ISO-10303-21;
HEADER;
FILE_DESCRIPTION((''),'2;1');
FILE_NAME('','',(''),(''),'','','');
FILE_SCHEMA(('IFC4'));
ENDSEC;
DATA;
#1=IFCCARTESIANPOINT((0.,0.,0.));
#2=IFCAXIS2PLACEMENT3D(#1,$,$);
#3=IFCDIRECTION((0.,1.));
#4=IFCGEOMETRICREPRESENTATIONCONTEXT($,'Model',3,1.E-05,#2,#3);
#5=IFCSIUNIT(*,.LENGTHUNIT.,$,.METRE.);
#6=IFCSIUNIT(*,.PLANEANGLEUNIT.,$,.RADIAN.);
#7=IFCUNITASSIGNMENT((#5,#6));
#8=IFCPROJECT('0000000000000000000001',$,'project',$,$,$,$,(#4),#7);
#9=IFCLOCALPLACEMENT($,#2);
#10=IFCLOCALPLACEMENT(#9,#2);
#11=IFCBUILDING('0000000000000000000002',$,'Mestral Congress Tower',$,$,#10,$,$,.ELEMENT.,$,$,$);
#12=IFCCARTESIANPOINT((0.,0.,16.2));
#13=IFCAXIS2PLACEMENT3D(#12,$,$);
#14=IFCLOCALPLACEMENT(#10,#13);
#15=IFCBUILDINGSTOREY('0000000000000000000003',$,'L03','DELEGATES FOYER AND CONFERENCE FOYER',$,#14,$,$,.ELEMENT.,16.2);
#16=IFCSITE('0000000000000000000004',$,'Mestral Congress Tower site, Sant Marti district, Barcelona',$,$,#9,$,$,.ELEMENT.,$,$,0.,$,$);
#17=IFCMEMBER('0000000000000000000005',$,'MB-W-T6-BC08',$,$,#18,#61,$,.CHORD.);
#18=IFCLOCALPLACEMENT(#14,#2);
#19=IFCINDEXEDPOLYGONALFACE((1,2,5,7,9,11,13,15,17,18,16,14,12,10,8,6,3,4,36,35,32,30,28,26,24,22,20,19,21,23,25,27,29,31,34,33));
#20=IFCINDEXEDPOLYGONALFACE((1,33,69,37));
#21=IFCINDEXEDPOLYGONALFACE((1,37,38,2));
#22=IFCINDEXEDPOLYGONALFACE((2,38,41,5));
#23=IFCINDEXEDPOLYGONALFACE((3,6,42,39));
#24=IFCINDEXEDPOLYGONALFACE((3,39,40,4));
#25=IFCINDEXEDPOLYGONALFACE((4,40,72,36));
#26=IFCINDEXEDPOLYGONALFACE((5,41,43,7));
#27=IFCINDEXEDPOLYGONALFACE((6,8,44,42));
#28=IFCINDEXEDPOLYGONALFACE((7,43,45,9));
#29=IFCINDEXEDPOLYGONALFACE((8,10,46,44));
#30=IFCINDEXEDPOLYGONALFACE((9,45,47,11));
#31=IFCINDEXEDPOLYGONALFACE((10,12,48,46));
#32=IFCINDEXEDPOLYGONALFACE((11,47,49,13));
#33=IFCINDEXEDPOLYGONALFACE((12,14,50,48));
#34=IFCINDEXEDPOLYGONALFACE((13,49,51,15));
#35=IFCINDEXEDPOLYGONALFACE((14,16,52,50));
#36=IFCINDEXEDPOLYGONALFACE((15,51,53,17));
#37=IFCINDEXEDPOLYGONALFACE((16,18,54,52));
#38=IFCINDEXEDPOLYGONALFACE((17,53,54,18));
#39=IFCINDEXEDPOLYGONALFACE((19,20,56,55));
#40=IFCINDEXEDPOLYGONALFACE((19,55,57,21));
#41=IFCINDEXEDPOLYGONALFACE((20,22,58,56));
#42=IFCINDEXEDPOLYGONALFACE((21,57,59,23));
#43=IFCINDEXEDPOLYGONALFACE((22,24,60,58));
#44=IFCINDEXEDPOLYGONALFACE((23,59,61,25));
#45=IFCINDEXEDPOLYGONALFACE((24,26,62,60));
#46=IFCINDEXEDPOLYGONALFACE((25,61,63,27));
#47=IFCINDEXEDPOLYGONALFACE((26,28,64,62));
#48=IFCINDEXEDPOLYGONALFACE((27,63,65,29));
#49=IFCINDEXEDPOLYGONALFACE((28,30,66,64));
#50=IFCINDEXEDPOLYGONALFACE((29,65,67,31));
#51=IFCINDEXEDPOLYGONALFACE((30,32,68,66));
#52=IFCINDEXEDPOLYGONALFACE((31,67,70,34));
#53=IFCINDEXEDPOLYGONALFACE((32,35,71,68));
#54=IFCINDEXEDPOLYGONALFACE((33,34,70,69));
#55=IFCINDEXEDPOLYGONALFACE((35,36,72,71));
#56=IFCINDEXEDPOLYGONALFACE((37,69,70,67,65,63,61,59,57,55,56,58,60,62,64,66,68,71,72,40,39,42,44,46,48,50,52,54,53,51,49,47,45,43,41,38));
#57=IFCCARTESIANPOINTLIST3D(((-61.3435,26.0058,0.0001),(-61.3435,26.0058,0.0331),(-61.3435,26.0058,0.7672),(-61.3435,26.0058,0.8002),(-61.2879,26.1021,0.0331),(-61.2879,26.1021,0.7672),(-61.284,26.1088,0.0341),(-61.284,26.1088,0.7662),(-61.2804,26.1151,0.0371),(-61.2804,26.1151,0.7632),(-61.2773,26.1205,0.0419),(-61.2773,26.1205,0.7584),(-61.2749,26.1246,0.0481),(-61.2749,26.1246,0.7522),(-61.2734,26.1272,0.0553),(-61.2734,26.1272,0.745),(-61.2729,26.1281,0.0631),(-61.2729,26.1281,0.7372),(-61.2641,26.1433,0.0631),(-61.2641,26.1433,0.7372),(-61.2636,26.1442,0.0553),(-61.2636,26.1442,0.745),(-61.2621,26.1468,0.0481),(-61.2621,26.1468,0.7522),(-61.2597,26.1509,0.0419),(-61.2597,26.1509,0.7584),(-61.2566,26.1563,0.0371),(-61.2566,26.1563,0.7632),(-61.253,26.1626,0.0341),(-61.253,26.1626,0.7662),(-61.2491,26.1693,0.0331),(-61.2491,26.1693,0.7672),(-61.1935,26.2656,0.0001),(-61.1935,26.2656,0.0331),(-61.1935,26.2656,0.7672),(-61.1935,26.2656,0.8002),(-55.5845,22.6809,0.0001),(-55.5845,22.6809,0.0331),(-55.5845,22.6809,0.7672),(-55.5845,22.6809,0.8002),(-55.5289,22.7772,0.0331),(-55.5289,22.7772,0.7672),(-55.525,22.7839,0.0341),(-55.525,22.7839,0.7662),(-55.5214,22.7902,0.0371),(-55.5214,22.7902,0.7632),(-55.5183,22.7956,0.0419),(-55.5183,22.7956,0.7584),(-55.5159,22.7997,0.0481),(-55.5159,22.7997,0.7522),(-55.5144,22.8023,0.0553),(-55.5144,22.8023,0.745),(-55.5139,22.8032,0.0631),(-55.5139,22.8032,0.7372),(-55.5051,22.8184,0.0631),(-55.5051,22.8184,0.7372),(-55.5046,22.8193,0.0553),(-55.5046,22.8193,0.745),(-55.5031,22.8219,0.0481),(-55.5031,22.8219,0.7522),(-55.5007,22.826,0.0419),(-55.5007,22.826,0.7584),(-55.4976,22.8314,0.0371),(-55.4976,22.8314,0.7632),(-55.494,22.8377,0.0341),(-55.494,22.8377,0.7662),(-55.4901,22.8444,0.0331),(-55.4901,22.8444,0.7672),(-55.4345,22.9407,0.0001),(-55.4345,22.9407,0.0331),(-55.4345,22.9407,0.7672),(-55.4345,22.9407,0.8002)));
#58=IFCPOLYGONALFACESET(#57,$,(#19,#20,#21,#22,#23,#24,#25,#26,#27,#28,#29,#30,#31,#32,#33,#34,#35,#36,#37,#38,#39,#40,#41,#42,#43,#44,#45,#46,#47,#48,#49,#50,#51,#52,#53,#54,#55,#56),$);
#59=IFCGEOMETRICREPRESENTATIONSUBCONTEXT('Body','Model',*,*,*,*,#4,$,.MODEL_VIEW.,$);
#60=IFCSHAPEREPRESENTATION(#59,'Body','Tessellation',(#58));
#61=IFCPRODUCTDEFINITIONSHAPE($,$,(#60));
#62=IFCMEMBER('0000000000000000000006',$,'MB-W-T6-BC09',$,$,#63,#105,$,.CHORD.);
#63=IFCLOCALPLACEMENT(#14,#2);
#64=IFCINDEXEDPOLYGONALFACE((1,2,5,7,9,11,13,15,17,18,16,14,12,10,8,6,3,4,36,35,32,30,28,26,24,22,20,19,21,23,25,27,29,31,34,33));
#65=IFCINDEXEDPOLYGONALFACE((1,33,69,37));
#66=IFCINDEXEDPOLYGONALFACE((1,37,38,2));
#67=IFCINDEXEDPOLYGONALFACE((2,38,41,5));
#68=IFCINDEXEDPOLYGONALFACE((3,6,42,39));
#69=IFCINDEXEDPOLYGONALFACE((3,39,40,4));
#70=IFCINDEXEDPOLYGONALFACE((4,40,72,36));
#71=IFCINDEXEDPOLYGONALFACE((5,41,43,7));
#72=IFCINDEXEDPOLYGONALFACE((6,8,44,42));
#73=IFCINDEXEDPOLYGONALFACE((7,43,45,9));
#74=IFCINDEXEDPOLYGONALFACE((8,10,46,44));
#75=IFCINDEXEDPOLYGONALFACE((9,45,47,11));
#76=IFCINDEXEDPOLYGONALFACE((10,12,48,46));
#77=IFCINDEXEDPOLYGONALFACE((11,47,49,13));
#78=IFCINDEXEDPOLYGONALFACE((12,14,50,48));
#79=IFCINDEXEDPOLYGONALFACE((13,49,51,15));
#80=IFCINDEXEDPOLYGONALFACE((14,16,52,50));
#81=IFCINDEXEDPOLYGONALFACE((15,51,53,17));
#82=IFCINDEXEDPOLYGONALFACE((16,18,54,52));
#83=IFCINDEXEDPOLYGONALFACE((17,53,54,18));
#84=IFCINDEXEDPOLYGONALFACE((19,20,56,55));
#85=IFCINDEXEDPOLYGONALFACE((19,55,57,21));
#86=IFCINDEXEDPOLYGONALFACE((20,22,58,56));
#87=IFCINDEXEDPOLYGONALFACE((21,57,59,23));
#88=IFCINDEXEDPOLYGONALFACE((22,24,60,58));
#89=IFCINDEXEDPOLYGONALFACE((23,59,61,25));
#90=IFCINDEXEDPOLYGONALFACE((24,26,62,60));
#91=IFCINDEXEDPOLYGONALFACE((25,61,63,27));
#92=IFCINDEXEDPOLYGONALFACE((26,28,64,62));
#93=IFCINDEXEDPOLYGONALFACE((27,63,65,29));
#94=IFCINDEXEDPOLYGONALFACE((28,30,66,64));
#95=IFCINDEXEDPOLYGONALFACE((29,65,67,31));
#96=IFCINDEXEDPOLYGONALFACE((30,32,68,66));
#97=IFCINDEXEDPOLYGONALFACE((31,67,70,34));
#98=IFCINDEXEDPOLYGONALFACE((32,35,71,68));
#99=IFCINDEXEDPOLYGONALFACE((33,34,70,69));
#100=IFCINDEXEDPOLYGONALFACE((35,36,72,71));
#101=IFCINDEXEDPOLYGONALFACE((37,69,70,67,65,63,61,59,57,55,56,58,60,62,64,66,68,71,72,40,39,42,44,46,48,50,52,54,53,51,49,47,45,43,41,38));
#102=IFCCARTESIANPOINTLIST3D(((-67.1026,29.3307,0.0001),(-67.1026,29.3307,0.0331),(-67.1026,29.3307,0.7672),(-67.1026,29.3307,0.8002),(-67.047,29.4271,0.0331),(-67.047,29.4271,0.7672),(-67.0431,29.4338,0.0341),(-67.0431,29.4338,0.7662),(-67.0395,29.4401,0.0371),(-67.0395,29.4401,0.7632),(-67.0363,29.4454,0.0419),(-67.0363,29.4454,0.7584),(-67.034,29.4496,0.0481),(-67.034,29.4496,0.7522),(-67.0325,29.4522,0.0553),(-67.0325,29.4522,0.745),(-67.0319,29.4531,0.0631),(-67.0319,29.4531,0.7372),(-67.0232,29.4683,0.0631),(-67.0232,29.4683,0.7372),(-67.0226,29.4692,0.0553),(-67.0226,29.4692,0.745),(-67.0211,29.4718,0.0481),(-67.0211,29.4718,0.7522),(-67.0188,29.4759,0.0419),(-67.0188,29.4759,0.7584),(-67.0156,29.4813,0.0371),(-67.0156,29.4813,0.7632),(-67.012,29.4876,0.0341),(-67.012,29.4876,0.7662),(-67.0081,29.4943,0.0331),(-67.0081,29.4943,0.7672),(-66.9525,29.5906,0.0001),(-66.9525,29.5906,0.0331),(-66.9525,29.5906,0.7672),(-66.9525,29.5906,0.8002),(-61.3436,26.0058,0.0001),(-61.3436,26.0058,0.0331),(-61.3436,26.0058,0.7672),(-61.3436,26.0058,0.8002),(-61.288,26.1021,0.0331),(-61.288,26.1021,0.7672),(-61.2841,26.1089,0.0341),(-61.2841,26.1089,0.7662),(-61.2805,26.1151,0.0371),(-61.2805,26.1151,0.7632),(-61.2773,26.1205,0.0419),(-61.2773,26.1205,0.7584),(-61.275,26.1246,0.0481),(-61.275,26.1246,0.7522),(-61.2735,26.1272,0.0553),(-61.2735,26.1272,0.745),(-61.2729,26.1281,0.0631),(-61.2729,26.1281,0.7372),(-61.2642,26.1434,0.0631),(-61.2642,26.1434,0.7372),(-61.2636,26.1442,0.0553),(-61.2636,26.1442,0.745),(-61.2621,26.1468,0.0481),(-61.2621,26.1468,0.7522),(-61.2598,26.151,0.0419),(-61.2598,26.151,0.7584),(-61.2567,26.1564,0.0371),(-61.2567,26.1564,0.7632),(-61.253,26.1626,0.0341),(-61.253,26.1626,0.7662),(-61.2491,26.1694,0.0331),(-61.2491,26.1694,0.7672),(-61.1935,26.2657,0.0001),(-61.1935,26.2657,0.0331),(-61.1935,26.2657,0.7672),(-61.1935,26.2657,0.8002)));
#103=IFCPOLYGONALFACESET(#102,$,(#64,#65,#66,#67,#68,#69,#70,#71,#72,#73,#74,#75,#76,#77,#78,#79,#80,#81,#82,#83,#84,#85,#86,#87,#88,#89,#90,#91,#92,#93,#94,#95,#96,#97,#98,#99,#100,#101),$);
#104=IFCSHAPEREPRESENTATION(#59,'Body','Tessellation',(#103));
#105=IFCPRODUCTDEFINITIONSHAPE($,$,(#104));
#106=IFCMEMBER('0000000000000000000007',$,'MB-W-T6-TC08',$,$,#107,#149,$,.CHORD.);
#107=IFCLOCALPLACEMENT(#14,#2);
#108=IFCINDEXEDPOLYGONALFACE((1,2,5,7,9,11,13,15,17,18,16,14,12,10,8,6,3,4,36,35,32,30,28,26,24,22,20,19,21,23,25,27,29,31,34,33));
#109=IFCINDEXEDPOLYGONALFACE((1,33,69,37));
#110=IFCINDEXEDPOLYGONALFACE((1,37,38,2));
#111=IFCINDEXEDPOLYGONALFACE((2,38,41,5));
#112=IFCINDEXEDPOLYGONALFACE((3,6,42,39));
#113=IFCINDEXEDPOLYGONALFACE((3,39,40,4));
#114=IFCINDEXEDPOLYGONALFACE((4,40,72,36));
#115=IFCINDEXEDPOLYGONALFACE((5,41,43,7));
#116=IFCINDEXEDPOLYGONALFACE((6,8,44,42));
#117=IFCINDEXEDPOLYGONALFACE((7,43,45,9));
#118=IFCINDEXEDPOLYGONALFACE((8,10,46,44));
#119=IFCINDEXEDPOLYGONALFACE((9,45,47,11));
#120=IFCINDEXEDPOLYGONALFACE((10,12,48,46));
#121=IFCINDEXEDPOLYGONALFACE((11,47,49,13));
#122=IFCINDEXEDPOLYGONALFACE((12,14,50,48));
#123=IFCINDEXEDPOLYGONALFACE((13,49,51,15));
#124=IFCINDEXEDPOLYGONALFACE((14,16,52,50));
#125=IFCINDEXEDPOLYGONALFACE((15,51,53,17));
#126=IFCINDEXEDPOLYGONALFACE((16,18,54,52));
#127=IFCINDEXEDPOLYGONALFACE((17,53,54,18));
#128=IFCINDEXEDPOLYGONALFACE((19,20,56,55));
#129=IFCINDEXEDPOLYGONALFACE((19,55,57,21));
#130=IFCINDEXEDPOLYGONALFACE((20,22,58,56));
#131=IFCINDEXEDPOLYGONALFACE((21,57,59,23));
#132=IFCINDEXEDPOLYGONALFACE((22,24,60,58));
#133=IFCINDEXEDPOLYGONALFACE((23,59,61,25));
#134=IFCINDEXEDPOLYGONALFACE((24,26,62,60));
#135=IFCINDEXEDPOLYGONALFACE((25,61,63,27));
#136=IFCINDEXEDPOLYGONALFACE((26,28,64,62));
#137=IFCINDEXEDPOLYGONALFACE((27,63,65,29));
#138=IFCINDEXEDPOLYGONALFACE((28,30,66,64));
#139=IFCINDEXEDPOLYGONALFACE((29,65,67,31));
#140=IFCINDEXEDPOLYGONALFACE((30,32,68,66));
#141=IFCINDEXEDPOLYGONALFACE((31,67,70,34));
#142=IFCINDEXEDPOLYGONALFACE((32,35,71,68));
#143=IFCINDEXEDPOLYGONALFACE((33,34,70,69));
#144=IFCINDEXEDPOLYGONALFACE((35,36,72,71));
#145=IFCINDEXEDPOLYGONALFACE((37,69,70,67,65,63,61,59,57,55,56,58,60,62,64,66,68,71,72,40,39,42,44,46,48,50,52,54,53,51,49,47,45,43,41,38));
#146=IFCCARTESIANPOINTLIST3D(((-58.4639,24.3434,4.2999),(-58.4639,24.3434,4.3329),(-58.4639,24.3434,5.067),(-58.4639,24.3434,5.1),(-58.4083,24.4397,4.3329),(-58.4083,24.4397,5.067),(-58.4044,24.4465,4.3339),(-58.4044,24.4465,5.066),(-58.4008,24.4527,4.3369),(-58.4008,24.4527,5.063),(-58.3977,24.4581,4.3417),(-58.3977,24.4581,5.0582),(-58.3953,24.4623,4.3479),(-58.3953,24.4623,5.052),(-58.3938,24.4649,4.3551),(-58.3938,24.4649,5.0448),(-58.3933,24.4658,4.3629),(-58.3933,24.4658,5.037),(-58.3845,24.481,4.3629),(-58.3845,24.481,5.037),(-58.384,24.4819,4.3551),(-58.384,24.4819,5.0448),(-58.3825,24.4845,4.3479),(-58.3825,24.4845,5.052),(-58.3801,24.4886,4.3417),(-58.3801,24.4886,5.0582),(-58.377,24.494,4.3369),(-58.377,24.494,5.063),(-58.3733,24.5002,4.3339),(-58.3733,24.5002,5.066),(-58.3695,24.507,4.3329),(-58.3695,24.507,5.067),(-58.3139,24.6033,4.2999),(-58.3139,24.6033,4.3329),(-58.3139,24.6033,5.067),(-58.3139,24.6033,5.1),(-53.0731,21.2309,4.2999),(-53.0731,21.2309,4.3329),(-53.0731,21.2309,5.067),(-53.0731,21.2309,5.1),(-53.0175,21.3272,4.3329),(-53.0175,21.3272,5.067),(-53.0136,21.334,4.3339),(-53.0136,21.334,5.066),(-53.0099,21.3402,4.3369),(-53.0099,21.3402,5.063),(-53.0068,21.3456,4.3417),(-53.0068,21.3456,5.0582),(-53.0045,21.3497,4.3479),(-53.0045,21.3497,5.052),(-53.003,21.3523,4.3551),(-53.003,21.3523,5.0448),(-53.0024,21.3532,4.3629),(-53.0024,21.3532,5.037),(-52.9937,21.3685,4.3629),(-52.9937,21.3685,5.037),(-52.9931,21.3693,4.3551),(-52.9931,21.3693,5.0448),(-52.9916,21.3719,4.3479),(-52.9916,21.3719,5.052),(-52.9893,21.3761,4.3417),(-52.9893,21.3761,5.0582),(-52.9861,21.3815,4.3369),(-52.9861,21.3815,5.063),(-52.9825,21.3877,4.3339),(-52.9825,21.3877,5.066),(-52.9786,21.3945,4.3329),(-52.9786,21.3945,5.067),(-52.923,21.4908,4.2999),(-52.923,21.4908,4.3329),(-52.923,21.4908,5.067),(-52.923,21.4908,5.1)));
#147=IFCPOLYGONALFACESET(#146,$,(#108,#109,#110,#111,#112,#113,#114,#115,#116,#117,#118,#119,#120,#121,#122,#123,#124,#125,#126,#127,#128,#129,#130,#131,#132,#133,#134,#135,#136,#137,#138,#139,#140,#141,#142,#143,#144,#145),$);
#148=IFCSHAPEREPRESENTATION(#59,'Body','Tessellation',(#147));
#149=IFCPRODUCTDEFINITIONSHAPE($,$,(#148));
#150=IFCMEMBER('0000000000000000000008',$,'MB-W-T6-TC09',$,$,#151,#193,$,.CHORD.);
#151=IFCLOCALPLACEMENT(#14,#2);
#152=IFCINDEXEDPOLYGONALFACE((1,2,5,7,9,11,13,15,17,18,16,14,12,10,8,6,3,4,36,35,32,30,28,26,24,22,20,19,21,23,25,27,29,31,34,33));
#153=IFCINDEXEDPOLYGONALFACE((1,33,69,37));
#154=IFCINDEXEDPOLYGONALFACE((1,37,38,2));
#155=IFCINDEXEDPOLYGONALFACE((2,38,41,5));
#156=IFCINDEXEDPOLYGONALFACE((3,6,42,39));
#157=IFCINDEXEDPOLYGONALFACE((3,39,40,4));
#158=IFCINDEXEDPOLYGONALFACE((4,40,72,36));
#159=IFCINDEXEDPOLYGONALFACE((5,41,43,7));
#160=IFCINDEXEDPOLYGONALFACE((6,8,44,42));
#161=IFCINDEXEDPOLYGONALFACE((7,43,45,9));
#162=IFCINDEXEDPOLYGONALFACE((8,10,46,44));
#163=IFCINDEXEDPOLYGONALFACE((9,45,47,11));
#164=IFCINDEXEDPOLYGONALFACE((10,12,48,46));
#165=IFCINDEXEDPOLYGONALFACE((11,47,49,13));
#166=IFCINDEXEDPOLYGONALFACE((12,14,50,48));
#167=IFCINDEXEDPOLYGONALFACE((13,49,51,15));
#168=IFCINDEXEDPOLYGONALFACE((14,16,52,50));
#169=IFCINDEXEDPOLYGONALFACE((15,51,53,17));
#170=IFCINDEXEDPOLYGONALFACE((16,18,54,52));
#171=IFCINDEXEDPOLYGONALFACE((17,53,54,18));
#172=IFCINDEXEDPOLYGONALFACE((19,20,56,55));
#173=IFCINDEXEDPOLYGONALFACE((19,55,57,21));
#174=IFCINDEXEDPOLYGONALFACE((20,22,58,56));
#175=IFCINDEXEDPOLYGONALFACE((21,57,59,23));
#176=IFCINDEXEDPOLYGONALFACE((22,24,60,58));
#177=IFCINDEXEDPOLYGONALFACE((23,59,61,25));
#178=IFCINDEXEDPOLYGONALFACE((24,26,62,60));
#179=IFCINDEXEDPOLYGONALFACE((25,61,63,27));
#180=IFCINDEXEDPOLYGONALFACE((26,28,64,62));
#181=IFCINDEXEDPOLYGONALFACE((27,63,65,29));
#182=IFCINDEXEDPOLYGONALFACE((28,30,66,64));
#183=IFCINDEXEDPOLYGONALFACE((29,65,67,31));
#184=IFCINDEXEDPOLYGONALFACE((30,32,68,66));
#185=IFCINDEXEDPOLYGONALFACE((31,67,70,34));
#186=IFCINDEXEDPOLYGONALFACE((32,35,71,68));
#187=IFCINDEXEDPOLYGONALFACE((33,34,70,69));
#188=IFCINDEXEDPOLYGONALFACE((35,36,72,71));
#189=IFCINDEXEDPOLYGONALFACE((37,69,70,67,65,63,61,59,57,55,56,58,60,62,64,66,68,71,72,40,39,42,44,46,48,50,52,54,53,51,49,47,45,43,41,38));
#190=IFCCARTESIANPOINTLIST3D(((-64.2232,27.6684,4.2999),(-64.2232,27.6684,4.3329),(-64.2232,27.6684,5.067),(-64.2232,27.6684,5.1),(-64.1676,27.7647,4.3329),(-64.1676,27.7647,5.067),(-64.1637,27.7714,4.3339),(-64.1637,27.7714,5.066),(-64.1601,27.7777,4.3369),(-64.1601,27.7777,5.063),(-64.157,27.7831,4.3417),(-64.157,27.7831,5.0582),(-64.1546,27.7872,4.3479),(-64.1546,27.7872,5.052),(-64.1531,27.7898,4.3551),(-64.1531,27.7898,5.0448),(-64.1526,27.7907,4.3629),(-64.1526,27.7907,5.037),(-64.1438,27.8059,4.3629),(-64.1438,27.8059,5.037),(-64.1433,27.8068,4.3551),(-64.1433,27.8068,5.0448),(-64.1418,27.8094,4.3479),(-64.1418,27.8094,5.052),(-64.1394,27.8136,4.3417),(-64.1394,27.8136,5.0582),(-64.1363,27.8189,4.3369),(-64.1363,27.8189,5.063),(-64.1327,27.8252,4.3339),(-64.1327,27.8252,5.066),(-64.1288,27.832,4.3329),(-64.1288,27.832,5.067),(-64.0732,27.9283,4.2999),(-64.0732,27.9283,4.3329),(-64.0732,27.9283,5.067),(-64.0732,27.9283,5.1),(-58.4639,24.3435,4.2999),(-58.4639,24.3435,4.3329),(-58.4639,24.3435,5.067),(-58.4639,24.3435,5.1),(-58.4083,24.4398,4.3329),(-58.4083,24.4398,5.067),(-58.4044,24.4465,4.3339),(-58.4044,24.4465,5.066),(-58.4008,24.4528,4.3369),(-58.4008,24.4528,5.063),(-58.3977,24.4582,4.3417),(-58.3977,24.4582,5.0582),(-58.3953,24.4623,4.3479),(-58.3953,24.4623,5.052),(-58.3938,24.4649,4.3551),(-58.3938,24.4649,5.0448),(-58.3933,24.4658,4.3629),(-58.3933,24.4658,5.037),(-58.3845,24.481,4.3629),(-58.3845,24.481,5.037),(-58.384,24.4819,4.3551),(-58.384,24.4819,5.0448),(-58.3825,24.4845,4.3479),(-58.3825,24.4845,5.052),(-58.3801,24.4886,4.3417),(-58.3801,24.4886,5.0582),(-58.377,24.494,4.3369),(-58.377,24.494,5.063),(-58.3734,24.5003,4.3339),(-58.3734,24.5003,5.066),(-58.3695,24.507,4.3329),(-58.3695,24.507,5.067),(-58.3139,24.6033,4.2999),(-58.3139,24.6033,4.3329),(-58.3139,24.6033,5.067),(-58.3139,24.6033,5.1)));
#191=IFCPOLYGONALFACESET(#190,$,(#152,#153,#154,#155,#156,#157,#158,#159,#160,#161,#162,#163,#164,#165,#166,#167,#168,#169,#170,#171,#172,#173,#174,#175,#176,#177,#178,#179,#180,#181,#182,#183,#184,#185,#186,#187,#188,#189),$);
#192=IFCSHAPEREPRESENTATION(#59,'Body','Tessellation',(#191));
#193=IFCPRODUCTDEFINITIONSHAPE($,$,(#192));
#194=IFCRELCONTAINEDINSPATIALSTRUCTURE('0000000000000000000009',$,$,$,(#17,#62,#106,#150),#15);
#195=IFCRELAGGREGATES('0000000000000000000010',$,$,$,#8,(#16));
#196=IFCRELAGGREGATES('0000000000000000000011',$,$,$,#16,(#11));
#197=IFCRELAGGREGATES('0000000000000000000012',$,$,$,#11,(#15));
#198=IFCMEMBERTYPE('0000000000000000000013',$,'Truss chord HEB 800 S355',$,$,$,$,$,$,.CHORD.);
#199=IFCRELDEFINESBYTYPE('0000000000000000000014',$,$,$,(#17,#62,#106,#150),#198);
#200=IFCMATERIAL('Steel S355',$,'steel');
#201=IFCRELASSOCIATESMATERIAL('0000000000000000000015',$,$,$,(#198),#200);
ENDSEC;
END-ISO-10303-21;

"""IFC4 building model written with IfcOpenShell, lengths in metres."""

from ifc_helpers import new_model, si_unit, direction, frame, origin, origin_2d, place, context, subcontext, project, spatial, i_section, extrude, material, material_profile, profile_set, type_object, element, save


model = new_model("IFC4")

# Units and contexts
model_context = context("Model", 3, precision=1e-05, world=origin(), true_north=direction((0.0, 1.0)))
body_context = subcontext(model_context, "Body", "Model", "MODEL_VIEW")
ifc_project = project(units=[si_unit("LENGTHUNIT", "METRE"), si_unit("PLANEANGLEUNIT", "RADIAN")], contexts=[model_context])

# Site, building, storey
site_placement = place(None, origin())
site = spatial("IfcSite", under=ifc_project, at=site_placement, Name="Mestral Congress Tower site, Sant Marti district, Barcelona", CompositionType="ELEMENT", RefElevation=0.0)
building_placement = place(site_placement, origin())
building = spatial("IfcBuilding", under=site, at=building_placement, Name="Mestral Congress Tower", CompositionType="ELEMENT")
storey_placement = place(building_placement, frame((0.0, 0.0, 16.2)))
storey = spatial("IfcBuildingStorey", under=building, at=storey_placement, Name="L03", Description="DELEGATES FOYER AND CONFERENCE FOYER", CompositionType="ELEMENT", Elevation=16.2)

# Members
ifc_material = material(Name="Steel S355", Category="steel")
ifc_material_profile_1 = material_profile(ifc_material, i_section(OverallWidth=0.3, OverallDepth=0.8, WebThickness=0.0176, FlangeThickness=0.033, FilletRadius=0.03, at=origin_2d()), Name="HEB 800")
ifc_profile_set_1 = profile_set([ifc_material_profile_1], Name="Steel S355")
member_type_1 = type_object("IfcMemberType", Name="Truss chord HEB 800 S355", PredefinedType="CHORD", material=ifc_profile_set_1)
for number, where, z_axis, x_axis, name in (
    (1, (-55.5095, 22.8108, 0.4001), (-0.866027, 0.499997, 0.0), (-0.499997, -0.866027, 0.0), "MB-W-T6-BC08"),
    (2, (-61.2686, 26.1357, 0.4001), (-0.866027, 0.499997, 0.0), (-0.499997, -0.866027, 0.0), "MB-W-T6-BC09"),
):
    element("IfcMember", number, at=place(storey_placement, frame(where, z_axis=z_axis, x_axis=x_axis)), inside=storey, type_object=member_type_1, Name=name, PredefinedType="CHORD", context=body_context, shape_type="SweptSolid", body=[
        extrude(i_section(OverallWidth=0.3, OverallDepth=0.8, WebThickness=0.0176, FlangeThickness=0.033, FilletRadius=0.03, at=origin_2d()), origin(), (0.0, 0.0, 1.0), 6.6499),
    ])
member_1_placement = place(storey_placement, frame((-52.998, 21.3608, 4.7), z_axis=(-0.866016, 0.500016, 0.0), x_axis=(-0.500016, -0.866016, 0.0)))
element("IfcMember", 3, at=member_1_placement, inside=storey, type_object=member_type_1, Name="MB-W-T6-TC08", PredefinedType="CHORD", context=body_context, shape_type="SweptSolid", body=[
    extrude(i_section(OverallWidth=0.3, OverallDepth=0.8, WebThickness=0.0176, FlangeThickness=0.033, FilletRadius=0.03, at=origin_2d()), origin(), (0.0, 0.0, 1.0), 6.2249),
])
member_2_placement = place(storey_placement, frame((-58.3889, 24.4734, 4.7), z_axis=(-0.866036, 0.499981, 0.0), x_axis=(-0.499981, -0.866036, 0.0)))
element("IfcMember", 4, at=member_2_placement, inside=storey, type_object=member_type_1, Name="MB-W-T6-TC09", PredefinedType="CHORD", context=body_context, shape_type="SweptSolid", body=[
    extrude(i_section(OverallWidth=0.3, OverallDepth=0.8, WebThickness=0.0176, FlangeThickness=0.033, FilletRadius=0.03, at=origin_2d()), origin(), (0.0, 0.0, 1.0), 6.6501),
])

save(model, "model.ifc")
